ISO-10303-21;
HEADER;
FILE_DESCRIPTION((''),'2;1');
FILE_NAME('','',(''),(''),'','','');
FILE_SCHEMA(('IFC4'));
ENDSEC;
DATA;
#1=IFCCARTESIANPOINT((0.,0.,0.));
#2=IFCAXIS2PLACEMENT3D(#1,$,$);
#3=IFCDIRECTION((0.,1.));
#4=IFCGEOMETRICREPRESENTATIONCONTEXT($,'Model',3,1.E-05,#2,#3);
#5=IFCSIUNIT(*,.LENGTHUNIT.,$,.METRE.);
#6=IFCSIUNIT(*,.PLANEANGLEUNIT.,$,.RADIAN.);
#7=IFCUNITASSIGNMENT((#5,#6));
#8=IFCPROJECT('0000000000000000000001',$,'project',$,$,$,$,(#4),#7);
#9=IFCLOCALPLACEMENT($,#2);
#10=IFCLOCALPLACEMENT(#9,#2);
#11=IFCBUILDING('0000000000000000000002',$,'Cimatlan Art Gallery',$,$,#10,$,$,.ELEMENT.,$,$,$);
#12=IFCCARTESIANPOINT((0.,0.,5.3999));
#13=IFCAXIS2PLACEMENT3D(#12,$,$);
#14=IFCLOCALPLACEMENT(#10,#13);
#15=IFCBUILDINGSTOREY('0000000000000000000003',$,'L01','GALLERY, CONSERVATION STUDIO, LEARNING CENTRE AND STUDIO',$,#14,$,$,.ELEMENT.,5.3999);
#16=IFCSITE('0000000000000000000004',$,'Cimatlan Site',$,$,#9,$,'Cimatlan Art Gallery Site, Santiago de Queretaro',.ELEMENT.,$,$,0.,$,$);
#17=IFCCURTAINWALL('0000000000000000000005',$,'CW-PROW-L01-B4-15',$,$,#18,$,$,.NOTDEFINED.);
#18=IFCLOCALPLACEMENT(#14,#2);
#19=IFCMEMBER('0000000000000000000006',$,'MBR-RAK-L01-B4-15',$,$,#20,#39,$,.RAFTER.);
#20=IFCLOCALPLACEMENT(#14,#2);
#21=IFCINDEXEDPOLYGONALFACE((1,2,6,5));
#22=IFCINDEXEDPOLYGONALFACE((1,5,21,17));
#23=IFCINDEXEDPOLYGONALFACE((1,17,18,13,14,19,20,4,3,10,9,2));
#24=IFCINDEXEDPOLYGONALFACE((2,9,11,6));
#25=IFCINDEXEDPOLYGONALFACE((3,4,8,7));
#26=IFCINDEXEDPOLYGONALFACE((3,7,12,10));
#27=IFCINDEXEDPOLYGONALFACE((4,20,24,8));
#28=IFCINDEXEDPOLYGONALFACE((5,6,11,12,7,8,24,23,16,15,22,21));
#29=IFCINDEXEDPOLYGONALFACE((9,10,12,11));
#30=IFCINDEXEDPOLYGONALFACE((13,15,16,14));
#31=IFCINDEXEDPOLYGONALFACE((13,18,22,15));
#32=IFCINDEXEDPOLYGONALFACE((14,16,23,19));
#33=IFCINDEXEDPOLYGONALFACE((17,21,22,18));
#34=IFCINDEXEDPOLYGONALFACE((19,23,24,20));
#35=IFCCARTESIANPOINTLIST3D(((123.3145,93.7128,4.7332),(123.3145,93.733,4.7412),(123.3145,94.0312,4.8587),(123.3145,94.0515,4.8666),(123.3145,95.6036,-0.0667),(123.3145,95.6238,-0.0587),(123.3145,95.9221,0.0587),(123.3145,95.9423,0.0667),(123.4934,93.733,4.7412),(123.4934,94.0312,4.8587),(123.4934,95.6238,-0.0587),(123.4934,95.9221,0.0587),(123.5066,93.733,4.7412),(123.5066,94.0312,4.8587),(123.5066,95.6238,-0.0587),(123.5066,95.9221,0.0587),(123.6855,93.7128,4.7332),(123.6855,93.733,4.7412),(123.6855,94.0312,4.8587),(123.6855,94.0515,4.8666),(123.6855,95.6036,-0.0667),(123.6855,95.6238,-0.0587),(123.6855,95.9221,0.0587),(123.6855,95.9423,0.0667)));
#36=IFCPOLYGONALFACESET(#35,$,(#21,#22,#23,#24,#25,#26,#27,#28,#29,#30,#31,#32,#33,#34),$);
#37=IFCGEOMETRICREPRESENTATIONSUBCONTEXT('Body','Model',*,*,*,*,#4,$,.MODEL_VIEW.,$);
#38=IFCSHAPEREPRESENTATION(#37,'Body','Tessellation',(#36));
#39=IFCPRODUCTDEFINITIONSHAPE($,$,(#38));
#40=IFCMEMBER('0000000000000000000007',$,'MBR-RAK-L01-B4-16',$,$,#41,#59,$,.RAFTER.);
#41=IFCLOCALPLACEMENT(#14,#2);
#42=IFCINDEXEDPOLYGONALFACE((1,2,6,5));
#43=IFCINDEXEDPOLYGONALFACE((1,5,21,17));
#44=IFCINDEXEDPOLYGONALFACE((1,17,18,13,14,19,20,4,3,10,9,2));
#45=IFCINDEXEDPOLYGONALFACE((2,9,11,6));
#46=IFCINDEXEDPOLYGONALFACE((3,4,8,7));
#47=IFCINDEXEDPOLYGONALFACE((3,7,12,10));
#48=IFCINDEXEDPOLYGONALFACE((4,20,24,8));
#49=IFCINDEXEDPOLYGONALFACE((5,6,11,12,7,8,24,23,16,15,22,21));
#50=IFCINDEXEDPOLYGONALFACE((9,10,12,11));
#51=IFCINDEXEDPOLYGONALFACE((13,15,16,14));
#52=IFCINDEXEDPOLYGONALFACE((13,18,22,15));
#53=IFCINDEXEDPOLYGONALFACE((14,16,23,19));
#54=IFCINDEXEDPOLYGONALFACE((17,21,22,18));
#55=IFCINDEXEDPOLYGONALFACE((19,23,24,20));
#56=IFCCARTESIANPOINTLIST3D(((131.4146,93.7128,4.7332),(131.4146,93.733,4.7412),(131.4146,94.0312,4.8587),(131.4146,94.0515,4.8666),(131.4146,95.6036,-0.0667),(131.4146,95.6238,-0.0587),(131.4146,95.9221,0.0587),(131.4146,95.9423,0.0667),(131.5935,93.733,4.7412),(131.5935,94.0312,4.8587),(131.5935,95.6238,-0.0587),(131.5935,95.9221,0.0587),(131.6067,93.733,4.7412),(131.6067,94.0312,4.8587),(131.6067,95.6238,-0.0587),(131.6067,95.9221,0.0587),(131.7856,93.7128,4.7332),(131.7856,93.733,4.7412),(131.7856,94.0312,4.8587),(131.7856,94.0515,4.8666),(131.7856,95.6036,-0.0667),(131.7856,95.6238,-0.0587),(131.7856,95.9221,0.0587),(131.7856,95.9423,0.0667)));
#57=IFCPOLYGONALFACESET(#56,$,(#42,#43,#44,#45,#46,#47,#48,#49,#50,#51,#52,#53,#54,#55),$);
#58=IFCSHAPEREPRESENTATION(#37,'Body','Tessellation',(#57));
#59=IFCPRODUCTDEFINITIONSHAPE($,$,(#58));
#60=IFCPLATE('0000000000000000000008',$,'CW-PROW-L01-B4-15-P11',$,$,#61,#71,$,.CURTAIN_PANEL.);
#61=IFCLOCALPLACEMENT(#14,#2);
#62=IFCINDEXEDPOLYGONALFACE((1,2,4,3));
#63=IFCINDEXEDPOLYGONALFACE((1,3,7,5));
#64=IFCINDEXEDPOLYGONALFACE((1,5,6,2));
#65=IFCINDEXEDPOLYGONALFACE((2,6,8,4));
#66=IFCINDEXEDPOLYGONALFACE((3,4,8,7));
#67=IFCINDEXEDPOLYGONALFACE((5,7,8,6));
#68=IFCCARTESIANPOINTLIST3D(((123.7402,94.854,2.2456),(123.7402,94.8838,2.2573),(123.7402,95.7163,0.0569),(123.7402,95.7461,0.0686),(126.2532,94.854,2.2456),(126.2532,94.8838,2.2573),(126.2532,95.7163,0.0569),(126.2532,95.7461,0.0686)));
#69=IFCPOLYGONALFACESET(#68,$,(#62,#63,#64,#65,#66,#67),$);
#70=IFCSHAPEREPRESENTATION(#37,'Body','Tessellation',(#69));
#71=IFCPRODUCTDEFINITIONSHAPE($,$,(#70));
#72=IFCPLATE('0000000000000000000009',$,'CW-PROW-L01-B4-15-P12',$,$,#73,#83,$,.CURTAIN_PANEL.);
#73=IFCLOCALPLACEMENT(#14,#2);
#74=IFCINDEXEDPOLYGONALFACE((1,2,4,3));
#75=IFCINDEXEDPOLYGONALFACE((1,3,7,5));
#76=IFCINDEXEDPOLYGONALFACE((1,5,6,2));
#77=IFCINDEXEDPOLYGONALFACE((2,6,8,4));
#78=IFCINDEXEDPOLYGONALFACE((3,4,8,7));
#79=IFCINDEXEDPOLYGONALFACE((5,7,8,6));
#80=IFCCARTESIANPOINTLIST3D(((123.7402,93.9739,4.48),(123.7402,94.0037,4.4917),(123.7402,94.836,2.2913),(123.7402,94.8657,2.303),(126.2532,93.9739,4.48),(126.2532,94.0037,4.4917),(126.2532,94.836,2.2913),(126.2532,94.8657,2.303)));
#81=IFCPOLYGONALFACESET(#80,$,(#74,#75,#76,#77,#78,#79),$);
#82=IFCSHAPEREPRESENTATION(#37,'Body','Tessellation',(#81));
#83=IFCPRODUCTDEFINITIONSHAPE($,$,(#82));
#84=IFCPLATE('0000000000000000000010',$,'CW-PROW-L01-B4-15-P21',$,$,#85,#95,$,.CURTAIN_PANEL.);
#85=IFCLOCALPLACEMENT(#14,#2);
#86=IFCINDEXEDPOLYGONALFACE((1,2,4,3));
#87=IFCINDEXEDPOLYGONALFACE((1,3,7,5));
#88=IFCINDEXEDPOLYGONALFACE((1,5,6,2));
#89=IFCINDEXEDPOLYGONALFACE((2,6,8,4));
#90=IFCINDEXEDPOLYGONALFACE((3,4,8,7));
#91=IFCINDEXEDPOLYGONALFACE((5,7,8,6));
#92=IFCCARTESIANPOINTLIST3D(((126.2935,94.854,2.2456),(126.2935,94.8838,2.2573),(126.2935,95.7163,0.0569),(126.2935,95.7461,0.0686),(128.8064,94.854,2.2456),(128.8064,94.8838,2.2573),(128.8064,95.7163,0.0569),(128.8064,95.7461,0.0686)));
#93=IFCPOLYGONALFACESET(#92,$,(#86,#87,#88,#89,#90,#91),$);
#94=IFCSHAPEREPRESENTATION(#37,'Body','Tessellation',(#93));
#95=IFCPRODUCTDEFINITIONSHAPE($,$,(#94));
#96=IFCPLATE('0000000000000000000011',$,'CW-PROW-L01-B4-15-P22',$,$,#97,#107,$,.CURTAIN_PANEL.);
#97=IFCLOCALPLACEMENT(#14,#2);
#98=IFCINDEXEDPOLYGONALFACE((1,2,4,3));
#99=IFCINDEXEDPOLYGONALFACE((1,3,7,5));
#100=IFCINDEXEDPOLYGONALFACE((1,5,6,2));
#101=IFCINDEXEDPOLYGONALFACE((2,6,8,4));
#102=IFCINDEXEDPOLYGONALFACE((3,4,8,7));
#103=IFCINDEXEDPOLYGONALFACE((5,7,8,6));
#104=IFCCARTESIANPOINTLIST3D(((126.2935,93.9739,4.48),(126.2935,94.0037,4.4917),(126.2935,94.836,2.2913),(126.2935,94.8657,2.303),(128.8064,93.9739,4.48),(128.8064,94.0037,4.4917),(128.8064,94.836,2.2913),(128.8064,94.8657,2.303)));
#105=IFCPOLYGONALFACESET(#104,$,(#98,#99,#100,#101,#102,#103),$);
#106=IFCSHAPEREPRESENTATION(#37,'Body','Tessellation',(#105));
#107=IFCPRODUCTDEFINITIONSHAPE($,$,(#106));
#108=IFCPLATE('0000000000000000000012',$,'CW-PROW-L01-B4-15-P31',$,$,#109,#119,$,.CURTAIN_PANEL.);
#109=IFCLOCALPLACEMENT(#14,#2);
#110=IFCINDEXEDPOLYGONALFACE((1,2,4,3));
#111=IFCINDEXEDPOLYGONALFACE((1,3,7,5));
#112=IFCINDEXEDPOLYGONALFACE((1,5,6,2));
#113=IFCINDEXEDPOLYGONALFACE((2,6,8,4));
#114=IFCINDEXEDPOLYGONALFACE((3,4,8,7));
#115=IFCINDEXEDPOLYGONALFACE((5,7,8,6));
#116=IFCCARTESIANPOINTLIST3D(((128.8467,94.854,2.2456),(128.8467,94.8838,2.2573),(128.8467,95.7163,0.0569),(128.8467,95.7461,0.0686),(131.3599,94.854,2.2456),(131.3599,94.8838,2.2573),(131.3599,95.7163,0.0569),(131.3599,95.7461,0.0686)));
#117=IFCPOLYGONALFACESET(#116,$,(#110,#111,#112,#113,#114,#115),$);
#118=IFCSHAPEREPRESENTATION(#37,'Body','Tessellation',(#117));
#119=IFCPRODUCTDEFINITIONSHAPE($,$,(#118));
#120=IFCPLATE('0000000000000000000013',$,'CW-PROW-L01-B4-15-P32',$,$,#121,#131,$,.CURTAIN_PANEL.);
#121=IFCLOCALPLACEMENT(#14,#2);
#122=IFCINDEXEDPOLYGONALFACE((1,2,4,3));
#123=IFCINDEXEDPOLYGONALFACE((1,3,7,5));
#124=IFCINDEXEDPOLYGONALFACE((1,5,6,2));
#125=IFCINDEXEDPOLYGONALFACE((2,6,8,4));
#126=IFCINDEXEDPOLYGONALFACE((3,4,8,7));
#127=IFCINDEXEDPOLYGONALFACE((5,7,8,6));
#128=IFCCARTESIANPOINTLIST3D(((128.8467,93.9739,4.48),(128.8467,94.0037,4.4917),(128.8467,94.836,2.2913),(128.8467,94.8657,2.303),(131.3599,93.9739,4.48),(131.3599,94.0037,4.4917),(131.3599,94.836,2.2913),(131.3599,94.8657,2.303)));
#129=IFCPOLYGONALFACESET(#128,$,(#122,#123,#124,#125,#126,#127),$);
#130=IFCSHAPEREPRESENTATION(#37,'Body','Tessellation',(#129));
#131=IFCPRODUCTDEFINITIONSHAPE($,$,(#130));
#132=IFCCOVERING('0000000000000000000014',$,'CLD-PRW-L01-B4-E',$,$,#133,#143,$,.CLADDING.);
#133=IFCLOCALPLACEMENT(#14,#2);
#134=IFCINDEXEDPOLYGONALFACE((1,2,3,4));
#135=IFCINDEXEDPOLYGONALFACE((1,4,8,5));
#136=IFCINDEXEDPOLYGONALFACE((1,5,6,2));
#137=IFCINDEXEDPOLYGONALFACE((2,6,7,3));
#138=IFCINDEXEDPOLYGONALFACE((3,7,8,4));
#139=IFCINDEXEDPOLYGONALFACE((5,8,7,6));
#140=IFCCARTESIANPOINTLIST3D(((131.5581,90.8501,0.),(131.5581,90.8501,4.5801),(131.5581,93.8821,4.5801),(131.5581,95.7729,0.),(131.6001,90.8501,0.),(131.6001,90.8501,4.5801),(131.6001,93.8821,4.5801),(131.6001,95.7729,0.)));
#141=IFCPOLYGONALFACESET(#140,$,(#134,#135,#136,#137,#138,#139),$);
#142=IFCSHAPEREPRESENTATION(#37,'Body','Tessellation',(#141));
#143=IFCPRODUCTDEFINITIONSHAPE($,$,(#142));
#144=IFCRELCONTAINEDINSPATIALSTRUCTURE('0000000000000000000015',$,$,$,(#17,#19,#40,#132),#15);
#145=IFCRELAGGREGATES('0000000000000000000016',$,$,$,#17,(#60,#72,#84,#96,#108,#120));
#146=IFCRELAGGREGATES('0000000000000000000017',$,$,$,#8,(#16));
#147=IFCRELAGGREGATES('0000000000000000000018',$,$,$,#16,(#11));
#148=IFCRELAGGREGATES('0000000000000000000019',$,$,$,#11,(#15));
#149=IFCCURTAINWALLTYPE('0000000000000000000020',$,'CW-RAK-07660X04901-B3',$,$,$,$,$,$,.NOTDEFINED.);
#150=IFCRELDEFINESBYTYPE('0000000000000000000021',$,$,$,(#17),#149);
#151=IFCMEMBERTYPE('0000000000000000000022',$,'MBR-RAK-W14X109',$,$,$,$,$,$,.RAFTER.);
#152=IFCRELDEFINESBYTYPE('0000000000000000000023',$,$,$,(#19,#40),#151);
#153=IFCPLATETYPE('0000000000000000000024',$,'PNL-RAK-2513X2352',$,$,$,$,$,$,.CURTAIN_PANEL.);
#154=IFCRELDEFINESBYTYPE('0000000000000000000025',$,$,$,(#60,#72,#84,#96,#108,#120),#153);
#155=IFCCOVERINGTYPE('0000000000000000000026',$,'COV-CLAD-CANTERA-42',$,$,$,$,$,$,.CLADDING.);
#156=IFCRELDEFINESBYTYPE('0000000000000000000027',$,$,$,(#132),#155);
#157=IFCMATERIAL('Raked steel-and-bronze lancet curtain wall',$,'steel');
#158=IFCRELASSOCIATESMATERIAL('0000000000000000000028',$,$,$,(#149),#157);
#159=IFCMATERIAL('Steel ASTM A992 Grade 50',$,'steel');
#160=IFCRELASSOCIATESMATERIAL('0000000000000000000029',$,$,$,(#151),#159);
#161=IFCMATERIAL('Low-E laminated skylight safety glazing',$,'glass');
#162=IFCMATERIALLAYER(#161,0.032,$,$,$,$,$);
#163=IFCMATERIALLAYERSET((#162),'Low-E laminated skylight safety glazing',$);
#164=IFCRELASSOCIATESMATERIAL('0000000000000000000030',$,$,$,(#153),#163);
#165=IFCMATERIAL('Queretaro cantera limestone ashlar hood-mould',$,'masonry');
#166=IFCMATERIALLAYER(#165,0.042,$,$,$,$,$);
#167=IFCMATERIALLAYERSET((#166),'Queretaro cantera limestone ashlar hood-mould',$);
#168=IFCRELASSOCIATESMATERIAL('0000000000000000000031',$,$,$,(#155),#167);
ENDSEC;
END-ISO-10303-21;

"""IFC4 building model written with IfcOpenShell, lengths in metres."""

from ifc_helpers import new_model, si_unit, direction, frame, origin, origin_2d, place, context, subcontext, project, spatial, polyline, i_section, outline, extrude, material, layer, layer_set, material_profile, profile_set, type_object, element, aggregate, save


model = new_model("IFC4")

# Units and contexts
model_context = context("Model", 3, precision=1e-05, world=origin(), true_north=direction((0.0, 1.0)))
body_context = subcontext(model_context, "Body", "Model", "MODEL_VIEW")
ifc_project = project(units=[si_unit("LENGTHUNIT", "METRE"), si_unit("PLANEANGLEUNIT", "RADIAN")], contexts=[model_context])

# Site, building, storey
site_placement = place(None, origin())
site = spatial("IfcSite", under=ifc_project, at=site_placement, Name="Cimatlan Site", LongName="Cimatlan Art Gallery Site, Santiago de Queretaro", CompositionType="ELEMENT", RefElevation=0.0)
building_placement = place(site_placement, origin())
building = spatial("IfcBuilding", under=site, at=building_placement, Name="Cimatlan Art Gallery", CompositionType="ELEMENT")
storey_placement = place(building_placement, frame((0.0, 0.0, 5.3999)))
storey = spatial("IfcBuildingStorey", under=building, at=storey_placement, Name="L01", Description="GALLERY, CONSERVATION STUDIO, LEARNING CENTRE AND STUDIO", CompositionType="ELEMENT", Elevation=5.3999)

# Shared definitions
ifc_material_1 = material(Name="Steel ASTM A992 Grade 50", Category="steel")

# Curtain wall
ifc_material_2 = material(Name="Raked steel-and-bronze lancet curtain wall", Category="steel")
curtain_wall_type = type_object("IfcCurtainWallType", Name="CW-RAK-07660X04901-B3", PredefinedType="NOTDEFINED", material=ifc_material_2)
curtain_wall_placement = place(storey_placement, origin())
curtain_wall = element("IfcCurtainWall", 1, at=curtain_wall_placement, inside=storey, type_object=curtain_wall_type, Name="CW-PROW-L01-B4-15", PredefinedType="NOTDEFINED")

# Members
ifc_material_profile_1 = material_profile(ifc_material_1, i_section(OverallWidth=0.3711, OverallDepth=0.364, WebThickness=0.0132, FlangeThickness=0.0217, at=origin_2d()), Name="W14X109")
ifc_profile_set_1 = profile_set([ifc_material_profile_1], Name="Steel ASTM A992 Grade 50")
member_type_1 = type_object("IfcMemberType", Name="MBR-RAK-W14X109", PredefinedType="RAFTER", material=ifc_profile_set_1)
for number, where, z_axis, x_axis, name in (
    (2, (123.5, 95.7729, 0.0), (0.0, -0.366515, 0.930412), (1.0, 0.0, 0.0), "MBR-RAK-L01-B4-15"),
    (3, (131.6001, 95.7729, 0.0), (0.0, -0.366515, 0.930412), (1.0, 0.0, 0.0), "MBR-RAK-L01-B4-16"),
):
    element("IfcMember", number, at=place(storey_placement, frame(where, z_axis=z_axis, x_axis=x_axis)), inside=storey, type_object=member_type_1, Name=name, PredefinedType="RAFTER", context=body_context, shape_type="SweptSolid", body=[
        extrude(i_section(OverallWidth=0.3711, OverallDepth=0.364, WebThickness=0.0132, FlangeThickness=0.0217, at=origin_2d()), origin(), (0.0, 0.0, 1.0), 5.1589),
    ])

# Plates
ifc_material_3 = material(Name="Low-E laminated skylight safety glazing", Category="glass")
ifc_layer_1 = layer(ifc_material_3, 0.032)
ifc_layer_set_1 = layer_set([ifc_layer_1], Name="Low-E laminated skylight safety glazing")
plate_type = type_object("IfcPlateType", Name="PNL-RAK-2513X2352", PredefinedType="CURTAIN_PANEL", material=ifc_layer_set_1)
plate_1_placement = place(storey_placement, frame((123.7402, 95.7461, 0.0686), z_axis=(0.0, 0.930397, 0.366554), x_axis=(1.0, 0.0, 0.0)))
plate_1 = element("IfcPlate", 4, at=plate_1_placement, type_object=plate_type, Name="CW-PROW-L01-B4-15-P11", PredefinedType="CURTAIN_PANEL", context=body_context, shape_type="SweptSolid", body=[
    extrude(outline(polyline([(0.0, 0.0), (2.5129, 0.0), (2.5129, -2.3525), (0.0, -2.3525), (0.0, 0.0)])), origin(), (0.0, 0.0, -1.0), 0.032),
])
plate_2_placement = place(storey_placement, frame((123.7402, 94.8657, 2.303), z_axis=(0.0, 0.930432, 0.366465), x_axis=(1.0, 0.0, 0.0)))
plate_2 = element("IfcPlate", 5, at=plate_2_placement, type_object=plate_type, Name="CW-PROW-L01-B4-15-P12", PredefinedType="CURTAIN_PANEL", context=body_context, shape_type="SweptSolid", body=[
    extrude(outline(polyline([(0.0, 0.0), (2.5129, 0.0), (2.5129, -2.3524), (0.0, -2.3524), (0.0, 0.0)])), origin(), (0.0, 0.0, -1.0), 0.032),
])
plate_3_placement = place(storey_placement, frame((126.2935, 95.7461, 0.0686), z_axis=(0.0, 0.930397, 0.366554), x_axis=(1.0, 0.0, 0.0)))
plate_3 = element("IfcPlate", 6, at=plate_3_placement, type_object=plate_type, Name="CW-PROW-L01-B4-15-P21", PredefinedType="CURTAIN_PANEL", context=body_context, shape_type="SweptSolid", body=[
    extrude(outline(polyline([(0.0, 0.0), (2.5129, 0.0), (2.5129, -2.3525), (0.0, -2.3525), (0.0, 0.0)])), origin(), (0.0, 0.0, -1.0), 0.032),
])
plate_4_placement = place(storey_placement, frame((126.2935, 94.8657, 2.303), z_axis=(0.0, 0.930432, 0.366465), x_axis=(1.0, 0.0, 0.0)))
plate_4 = element("IfcPlate", 7, at=plate_4_placement, type_object=plate_type, Name="CW-PROW-L01-B4-15-P22", PredefinedType="CURTAIN_PANEL", context=body_context, shape_type="SweptSolid", body=[
    extrude(outline(polyline([(0.0, 0.0), (2.5129, 0.0), (2.5129, -2.3524), (0.0, -2.3524), (0.0, 0.0)])), origin(), (0.0, 0.0, -1.0), 0.032),
])
plate_5_placement = place(storey_placement, frame((128.8467, 95.7461, 0.0686), z_axis=(0.0, 0.930397, 0.366554), x_axis=(1.0, 0.0, 0.0)))
plate_5 = element("IfcPlate", 8, at=plate_5_placement, type_object=plate_type, Name="CW-PROW-L01-B4-15-P31", PredefinedType="CURTAIN_PANEL", context=body_context, shape_type="SweptSolid", body=[
    extrude(outline(polyline([(0.0, 0.0), (2.5132, 0.0), (2.5132, -2.3525), (0.0, -2.3525), (0.0, 0.0)])), origin(), (0.0, 0.0, -1.0), 0.032),
])
plate_6_placement = place(storey_placement, frame((128.8467, 94.8657, 2.303), z_axis=(0.0, 0.930432, 0.366465), x_axis=(1.0, 0.0, 0.0)))
plate_6 = element("IfcPlate", 9, at=plate_6_placement, type_object=plate_type, Name="CW-PROW-L01-B4-15-P32", PredefinedType="CURTAIN_PANEL", context=body_context, shape_type="SweptSolid", body=[
    extrude(outline(polyline([(0.0, 0.0), (2.5132, 0.0), (2.5132, -2.3524), (0.0, -2.3524), (0.0, 0.0)])), origin(), (0.0, 0.0, -1.0), 0.032),
])
aggregate(curtain_wall, [plate_1, plate_2, plate_3, plate_4, plate_5, plate_6])

# Covering
ifc_material_4 = material(Name="Queretaro cantera limestone ashlar hood-mould", Category="masonry")
ifc_layer_2 = layer(ifc_material_4, 0.042)
ifc_layer_set_2 = layer_set([ifc_layer_2], Name="Queretaro cantera limestone ashlar hood-mould")
covering_type = type_object("IfcCoveringType", Name="COV-CLAD-CANTERA-42", PredefinedType="CLADDING", material=ifc_layer_set_2)
covering_placement = place(storey_placement, frame((131.6001, 90.8501, 0.0), z_axis=(1.0, 0.0, 0.0), x_axis=(0.0, 1.0, 0.0)))
element("IfcCovering", 10, at=covering_placement, inside=storey, type_object=covering_type, Name="CLD-PRW-L01-B4-E", PredefinedType="CLADDING", context=body_context, shape_type="SweptSolid", body=[
    extrude(outline(polyline([(0.0, 0.0), (4.9229, 0.0), (3.032, 4.5801), (0.0, 4.5801), (0.0, 0.0)])), origin(), (0.0, 0.0, -1.0), 0.042),
])

save(model, "model.ifc")
